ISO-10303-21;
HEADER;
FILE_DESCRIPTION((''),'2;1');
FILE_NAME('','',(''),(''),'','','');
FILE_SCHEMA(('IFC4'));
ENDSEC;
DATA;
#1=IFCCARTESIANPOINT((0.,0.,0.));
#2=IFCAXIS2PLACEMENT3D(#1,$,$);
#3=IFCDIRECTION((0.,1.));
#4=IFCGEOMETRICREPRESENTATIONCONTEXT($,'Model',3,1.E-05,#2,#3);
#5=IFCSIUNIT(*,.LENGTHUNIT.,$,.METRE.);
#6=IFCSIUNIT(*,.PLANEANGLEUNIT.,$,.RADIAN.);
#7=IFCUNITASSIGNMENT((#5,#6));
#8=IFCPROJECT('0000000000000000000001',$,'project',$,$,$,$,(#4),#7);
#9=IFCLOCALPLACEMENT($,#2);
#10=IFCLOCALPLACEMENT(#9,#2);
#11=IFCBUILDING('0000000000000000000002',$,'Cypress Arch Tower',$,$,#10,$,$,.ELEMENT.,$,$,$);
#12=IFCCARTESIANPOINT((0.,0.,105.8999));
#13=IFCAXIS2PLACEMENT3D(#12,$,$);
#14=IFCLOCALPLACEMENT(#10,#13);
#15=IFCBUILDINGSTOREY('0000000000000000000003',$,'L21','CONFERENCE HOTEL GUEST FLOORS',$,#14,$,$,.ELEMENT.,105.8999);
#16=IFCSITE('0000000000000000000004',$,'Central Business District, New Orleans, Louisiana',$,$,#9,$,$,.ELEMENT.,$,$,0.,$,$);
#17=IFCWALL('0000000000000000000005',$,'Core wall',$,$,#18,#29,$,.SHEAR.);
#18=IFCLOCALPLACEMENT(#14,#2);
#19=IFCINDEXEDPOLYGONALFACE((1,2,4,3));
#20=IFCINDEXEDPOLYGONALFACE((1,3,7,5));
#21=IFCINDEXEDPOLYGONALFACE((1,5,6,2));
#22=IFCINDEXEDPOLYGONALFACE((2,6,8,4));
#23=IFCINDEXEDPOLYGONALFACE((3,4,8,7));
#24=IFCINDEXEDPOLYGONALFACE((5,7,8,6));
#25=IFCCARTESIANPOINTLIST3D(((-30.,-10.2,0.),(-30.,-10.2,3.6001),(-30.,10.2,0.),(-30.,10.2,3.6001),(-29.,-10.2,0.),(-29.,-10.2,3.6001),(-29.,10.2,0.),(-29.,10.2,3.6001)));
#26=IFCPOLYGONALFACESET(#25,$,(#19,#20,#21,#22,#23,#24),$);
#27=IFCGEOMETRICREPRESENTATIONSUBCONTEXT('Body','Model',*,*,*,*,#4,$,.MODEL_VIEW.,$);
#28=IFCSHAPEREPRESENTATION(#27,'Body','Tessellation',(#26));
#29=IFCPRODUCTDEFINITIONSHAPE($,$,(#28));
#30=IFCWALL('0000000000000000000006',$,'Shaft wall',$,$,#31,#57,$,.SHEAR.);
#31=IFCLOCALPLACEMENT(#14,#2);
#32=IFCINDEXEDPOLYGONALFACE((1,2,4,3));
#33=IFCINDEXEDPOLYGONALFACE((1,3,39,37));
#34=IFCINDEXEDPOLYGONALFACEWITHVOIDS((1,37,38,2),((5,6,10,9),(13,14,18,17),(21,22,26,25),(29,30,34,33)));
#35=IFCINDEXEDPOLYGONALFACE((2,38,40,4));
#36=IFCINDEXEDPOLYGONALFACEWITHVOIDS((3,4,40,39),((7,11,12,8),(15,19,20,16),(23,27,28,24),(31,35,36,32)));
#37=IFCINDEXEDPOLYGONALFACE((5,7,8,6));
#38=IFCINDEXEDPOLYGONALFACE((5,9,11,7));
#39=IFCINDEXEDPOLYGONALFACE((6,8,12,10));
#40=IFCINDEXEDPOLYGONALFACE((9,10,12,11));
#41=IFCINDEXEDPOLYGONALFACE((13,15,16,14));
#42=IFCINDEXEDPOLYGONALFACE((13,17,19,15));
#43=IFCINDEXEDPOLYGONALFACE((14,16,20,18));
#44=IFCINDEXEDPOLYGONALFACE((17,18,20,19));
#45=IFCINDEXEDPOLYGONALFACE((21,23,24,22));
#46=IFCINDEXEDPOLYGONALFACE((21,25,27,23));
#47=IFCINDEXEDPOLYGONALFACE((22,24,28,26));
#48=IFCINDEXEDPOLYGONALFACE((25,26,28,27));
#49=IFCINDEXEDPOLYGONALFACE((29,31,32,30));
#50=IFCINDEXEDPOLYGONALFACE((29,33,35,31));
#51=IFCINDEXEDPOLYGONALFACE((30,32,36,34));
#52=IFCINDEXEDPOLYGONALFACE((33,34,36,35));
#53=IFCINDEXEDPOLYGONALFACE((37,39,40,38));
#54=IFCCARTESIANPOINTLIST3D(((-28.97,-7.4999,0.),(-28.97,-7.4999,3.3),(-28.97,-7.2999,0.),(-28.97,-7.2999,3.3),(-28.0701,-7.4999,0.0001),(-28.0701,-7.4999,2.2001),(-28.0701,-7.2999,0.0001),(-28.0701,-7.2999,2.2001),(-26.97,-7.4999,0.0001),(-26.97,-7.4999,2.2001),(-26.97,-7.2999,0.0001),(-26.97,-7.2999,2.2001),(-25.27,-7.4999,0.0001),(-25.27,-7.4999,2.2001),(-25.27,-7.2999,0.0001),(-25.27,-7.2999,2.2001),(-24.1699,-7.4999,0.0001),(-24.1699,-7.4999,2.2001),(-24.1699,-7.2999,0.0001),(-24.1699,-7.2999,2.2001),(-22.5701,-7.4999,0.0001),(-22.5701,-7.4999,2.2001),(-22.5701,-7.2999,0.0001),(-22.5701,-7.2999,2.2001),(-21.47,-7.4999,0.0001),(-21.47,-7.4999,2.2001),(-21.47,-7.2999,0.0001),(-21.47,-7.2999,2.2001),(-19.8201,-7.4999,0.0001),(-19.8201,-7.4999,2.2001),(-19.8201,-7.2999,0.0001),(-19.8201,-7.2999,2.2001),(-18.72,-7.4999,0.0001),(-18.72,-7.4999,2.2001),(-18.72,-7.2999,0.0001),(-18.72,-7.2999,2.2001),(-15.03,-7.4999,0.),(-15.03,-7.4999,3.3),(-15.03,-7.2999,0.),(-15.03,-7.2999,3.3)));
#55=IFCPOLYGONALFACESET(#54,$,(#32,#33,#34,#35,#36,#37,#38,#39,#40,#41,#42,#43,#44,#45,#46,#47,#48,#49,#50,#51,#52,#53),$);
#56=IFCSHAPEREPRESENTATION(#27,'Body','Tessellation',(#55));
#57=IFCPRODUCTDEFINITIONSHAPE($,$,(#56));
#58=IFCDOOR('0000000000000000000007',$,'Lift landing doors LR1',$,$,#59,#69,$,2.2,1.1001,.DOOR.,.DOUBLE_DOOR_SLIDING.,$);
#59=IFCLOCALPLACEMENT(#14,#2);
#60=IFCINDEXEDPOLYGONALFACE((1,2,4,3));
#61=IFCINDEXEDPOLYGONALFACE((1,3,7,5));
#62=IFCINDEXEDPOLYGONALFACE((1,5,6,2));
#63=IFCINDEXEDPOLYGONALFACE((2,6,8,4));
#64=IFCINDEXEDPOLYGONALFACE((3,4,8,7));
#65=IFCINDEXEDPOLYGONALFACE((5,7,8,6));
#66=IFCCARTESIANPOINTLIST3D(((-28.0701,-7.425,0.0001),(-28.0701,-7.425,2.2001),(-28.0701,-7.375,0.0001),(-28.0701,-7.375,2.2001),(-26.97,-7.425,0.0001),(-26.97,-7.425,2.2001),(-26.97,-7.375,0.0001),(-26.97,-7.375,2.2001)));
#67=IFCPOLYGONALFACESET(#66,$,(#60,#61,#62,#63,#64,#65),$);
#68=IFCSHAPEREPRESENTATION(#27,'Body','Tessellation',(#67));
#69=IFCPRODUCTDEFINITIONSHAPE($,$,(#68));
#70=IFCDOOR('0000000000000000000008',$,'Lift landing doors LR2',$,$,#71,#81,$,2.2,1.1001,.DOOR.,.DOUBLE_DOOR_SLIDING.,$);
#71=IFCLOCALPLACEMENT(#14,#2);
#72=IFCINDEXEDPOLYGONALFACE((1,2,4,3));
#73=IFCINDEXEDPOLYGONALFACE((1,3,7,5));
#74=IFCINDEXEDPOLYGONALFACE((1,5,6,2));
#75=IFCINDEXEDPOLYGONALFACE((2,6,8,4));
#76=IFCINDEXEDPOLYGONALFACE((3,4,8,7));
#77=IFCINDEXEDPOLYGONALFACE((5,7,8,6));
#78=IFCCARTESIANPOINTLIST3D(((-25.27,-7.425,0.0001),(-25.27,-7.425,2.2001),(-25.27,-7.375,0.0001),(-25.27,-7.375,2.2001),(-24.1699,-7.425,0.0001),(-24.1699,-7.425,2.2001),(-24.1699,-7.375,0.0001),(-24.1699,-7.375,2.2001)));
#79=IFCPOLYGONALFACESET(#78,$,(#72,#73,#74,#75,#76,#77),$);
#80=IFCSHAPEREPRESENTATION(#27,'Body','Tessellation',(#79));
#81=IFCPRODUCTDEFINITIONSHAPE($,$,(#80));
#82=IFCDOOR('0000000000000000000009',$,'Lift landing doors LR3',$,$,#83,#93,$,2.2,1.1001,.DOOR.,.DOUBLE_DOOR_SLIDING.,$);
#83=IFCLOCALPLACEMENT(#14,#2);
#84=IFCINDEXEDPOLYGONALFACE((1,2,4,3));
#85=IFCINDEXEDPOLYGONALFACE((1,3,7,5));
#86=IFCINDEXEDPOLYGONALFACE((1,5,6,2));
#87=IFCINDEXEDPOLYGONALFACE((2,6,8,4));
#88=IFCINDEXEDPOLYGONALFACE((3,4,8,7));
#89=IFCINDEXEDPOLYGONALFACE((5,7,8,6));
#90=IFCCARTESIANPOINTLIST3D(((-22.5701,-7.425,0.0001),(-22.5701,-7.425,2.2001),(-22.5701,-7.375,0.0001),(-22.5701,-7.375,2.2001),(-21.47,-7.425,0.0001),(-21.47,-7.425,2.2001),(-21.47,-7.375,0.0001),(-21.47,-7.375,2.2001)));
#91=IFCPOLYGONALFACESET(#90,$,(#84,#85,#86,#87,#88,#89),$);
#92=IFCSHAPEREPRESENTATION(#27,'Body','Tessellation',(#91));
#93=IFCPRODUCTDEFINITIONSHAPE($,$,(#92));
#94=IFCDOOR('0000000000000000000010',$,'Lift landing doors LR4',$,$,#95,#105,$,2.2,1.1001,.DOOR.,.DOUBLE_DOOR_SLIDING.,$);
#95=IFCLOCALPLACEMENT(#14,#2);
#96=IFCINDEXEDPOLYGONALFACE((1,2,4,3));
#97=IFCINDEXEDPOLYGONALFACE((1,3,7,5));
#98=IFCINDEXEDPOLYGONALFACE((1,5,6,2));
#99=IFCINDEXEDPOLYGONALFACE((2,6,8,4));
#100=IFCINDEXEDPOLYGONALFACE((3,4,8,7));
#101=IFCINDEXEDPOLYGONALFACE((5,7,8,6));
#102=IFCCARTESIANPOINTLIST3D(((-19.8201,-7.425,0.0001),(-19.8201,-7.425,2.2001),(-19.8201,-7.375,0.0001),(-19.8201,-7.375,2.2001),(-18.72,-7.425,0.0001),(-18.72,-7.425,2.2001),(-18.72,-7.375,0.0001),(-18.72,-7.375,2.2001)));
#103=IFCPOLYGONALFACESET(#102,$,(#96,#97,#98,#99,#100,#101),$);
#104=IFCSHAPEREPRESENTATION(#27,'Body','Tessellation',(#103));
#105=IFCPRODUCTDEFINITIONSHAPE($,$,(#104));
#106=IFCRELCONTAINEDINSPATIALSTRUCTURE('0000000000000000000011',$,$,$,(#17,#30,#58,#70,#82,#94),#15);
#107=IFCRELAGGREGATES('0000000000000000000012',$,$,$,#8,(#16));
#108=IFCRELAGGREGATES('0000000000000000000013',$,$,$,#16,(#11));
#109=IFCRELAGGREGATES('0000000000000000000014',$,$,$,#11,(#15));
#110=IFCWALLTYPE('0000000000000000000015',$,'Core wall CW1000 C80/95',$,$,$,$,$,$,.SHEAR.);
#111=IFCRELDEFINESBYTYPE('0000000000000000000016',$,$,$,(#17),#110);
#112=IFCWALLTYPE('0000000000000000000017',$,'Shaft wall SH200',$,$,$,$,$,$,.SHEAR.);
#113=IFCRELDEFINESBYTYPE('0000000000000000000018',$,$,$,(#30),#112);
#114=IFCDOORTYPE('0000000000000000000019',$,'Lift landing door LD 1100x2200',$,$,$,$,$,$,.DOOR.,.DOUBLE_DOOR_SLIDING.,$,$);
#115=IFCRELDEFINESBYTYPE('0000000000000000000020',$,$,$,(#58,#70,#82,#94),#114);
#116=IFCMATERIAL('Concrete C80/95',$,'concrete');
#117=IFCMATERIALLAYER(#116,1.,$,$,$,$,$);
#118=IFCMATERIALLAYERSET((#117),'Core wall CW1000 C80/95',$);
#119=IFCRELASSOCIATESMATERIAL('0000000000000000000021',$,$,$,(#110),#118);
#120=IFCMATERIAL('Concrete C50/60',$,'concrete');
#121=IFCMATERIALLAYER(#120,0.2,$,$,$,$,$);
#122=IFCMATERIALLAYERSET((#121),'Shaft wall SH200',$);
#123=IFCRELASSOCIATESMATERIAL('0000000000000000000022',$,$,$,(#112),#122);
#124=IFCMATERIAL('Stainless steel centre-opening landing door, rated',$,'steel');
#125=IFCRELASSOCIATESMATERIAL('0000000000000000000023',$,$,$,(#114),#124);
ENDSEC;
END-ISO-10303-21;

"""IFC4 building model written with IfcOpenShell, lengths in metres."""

from ifc_helpers import new_model, si_unit, direction, frame, frame_2d, origin, place, context, subcontext, project, spatial, rectangle, extrude, material, layer, layer_set, type_object, element, fill, save


model = new_model("IFC4")

# Units and contexts
model_context = context("Model", 3, precision=1e-05, world=origin(), true_north=direction((0.0, 1.0)))
body_context = subcontext(model_context, "Body", "Model", "MODEL_VIEW")
ifc_project = project(units=[si_unit("LENGTHUNIT", "METRE"), si_unit("PLANEANGLEUNIT", "RADIAN")], contexts=[model_context])

# Site, building, storey
site_placement = place(None, origin())
site = spatial("IfcSite", under=ifc_project, at=site_placement, Name="Central Business District, New Orleans, Louisiana", CompositionType="ELEMENT", RefElevation=0.0)
building_placement = place(site_placement, origin())
building = spatial("IfcBuilding", under=site, at=building_placement, Name="Cypress Arch Tower", CompositionType="ELEMENT")
storey_placement = place(building_placement, frame((0.0, 0.0, 105.8999)))
storey = spatial("IfcBuildingStorey", under=building, at=storey_placement, Name="L21", Description="CONFERENCE HOTEL GUEST FLOORS", CompositionType="ELEMENT", Elevation=105.8999)

# Wall
ifc_material_1 = material(Name="Concrete C80/95", Category="concrete")
ifc_layer_1 = layer(ifc_material_1, 1.0)
ifc_layer_set_1 = layer_set([ifc_layer_1], Name="Core wall CW1000 C80/95")
wall_type_1 = type_object("IfcWallType", Name="Core wall CW1000 C80/95", PredefinedType="SHEAR", material=ifc_layer_set_1)
wall_1_placement = place(storey_placement, frame((-29.5, -10.2, 0.0), z_axis=(0.0, 0.0, 1.0), x_axis=(0.0, 1.0, 0.0)))
element("IfcWall", 1, at=wall_1_placement, inside=storey, type_object=wall_type_1, Name="Core wall", PredefinedType="SHEAR", context=body_context, shape_type="SweptSolid", body=[
    extrude(rectangle(XDim=20.3999, YDim=1.0, at=frame_2d((10.2, 0.0))), origin(), (0.0, 0.0, 1.0), 3.6001),
])

# Wall, openings, doors
ifc_material_2 = material(Name="Concrete C50/60", Category="concrete")
ifc_layer_2 = layer(ifc_material_2, 0.2)
ifc_layer_set_2 = layer_set([ifc_layer_2], Name="Shaft wall SH200")
wall_type_2 = type_object("IfcWallType", Name="Shaft wall SH200", PredefinedType="SHEAR", material=ifc_layer_set_2)
wall_2_placement = place(storey_placement, frame((-28.97, -7.3999, 0.0), z_axis=(0.0, 0.0, 1.0), x_axis=(1.0, 0.0, 0.0)))
wall_2 = element("IfcWall", 2, at=wall_2_placement, inside=storey, type_object=wall_type_2, Name="Shaft wall", PredefinedType="SHEAR", context=body_context, shape_type="SweptSolid", body=[
    extrude(rectangle(XDim=13.9399, YDim=0.2, at=frame_2d((6.97, 0.0))), origin(), (0.0, 0.0, 1.0), 3.3),
])
opening_1_placement = place(wall_2_placement, frame((0.8999, 0.0, 0.0)))
opening_1 = element("IfcOpeningElement", 3, at=opening_1_placement, cuts=wall_2, PredefinedType="OPENING", context=body_context, shape_type="SweptSolid", body=[
    extrude(rectangle(XDim=1.1001, YDim=2.2, at=frame_2d((0.55, 1.1001))), frame((0.0, 0.1099, 0.0), z_axis=(0.0, -1.0, 0.0), x_axis=(1.0, 0.0, 0.0)), (0.0, 0.0, 1.0), 0.22),
])
opening_2_placement = place(wall_2_placement, frame((3.7, 0.0, 0.0)))
opening_2 = element("IfcOpeningElement", 4, at=opening_2_placement, cuts=wall_2, PredefinedType="OPENING", context=body_context, shape_type="SweptSolid", body=[
    extrude(rectangle(XDim=1.1001, YDim=2.2, at=frame_2d((0.55, 1.1001))), frame((0.0, 0.1099, 0.0), z_axis=(0.0, -1.0, 0.0), x_axis=(1.0, 0.0, 0.0)), (0.0, 0.0, 1.0), 0.22),
])
opening_3_placement = place(wall_2_placement, frame((6.3999, 0.0, 0.0)))
opening_3 = element("IfcOpeningElement", 5, at=opening_3_placement, cuts=wall_2, PredefinedType="OPENING", context=body_context, shape_type="SweptSolid", body=[
    extrude(rectangle(XDim=1.1001, YDim=2.2, at=frame_2d((0.55, 1.1001))), frame((0.0, 0.1099, 0.0), z_axis=(0.0, -1.0, 0.0), x_axis=(1.0, 0.0, 0.0)), (0.0, 0.0, 1.0), 0.22),
])
opening_4_placement = place(wall_2_placement, frame((9.1499, 0.0, 0.0)))
opening_4 = element("IfcOpeningElement", 6, at=opening_4_placement, cuts=wall_2, PredefinedType="OPENING", context=body_context, shape_type="SweptSolid", body=[
    extrude(rectangle(XDim=1.1001, YDim=2.2, at=frame_2d((0.55, 1.1001))), frame((0.0, 0.1099, 0.0), z_axis=(0.0, -1.0, 0.0), x_axis=(1.0, 0.0, 0.0)), (0.0, 0.0, 1.0), 0.22),
])
ifc_material_3 = material(Name="Stainless steel centre-opening landing door, rated", Category="steel")
door_type = type_object("IfcDoorType", Name="Lift landing door LD 1100x2200", OperationType="DOUBLE_DOOR_SLIDING", PredefinedType="DOOR", material=ifc_material_3)
door_1_placement = place(opening_1_placement, origin())
door_1 = element("IfcDoor", 7, at=door_1_placement, inside=storey, type_object=door_type, Name="Lift landing doors LR1", OperationType="DOUBLE_DOOR_SLIDING", OverallHeight=2.2, OverallWidth=1.1001, PredefinedType="DOOR", context=body_context, shape_type="SweptSolid", body=[
    extrude(rectangle(XDim=1.1001, YDim=2.2, at=frame_2d((0.55, 1.1001))), frame((0.0, 0.0249, 0.0), z_axis=(0.0, -1.0, 0.0), x_axis=(1.0, 0.0, 0.0)), (0.0, 0.0, 1.0), 0.05),
])
fill(opening_1, door_1)
door_2_placement = place(opening_2_placement, origin())
door_2 = element("IfcDoor", 8, at=door_2_placement, inside=storey, type_object=door_type, Name="Lift landing doors LR2", OperationType="DOUBLE_DOOR_SLIDING", OverallHeight=2.2, OverallWidth=1.1001, PredefinedType="DOOR", context=body_context, shape_type="SweptSolid", body=[
    extrude(rectangle(XDim=1.1001, YDim=2.2, at=frame_2d((0.55, 1.1001))), frame((0.0, 0.0249, 0.0), z_axis=(0.0, -1.0, 0.0), x_axis=(1.0, 0.0, 0.0)), (0.0, 0.0, 1.0), 0.05),
])
fill(opening_2, door_2)
door_3_placement = place(opening_3_placement, origin())
door_3 = element("IfcDoor", 9, at=door_3_placement, inside=storey, type_object=door_type, Name="Lift landing doors LR3", OperationType="DOUBLE_DOOR_SLIDING", OverallHeight=2.2, OverallWidth=1.1001, PredefinedType="DOOR", context=body_context, shape_type="SweptSolid", body=[
    extrude(rectangle(XDim=1.1001, YDim=2.2, at=frame_2d((0.55, 1.1001))), frame((0.0, 0.0249, 0.0), z_axis=(0.0, -1.0, 0.0), x_axis=(1.0, 0.0, 0.0)), (0.0, 0.0, 1.0), 0.05),
])
fill(opening_3, door_3)
door_4_placement = place(opening_4_placement, origin())
door_4 = element("IfcDoor", 10, at=door_4_placement, inside=storey, type_object=door_type, Name="Lift landing doors LR4", OperationType="DOUBLE_DOOR_SLIDING", OverallHeight=2.2, OverallWidth=1.1001, PredefinedType="DOOR", context=body_context, shape_type="SweptSolid", body=[
    extrude(rectangle(XDim=1.1001, YDim=2.2, at=frame_2d((0.55, 1.1001))), frame((0.0, 0.0249, 0.0), z_axis=(0.0, -1.0, 0.0), x_axis=(1.0, 0.0, 0.0)), (0.0, 0.0, 1.0), 0.05),
])
fill(opening_4, door_4)

save(model, "model.ifc")
